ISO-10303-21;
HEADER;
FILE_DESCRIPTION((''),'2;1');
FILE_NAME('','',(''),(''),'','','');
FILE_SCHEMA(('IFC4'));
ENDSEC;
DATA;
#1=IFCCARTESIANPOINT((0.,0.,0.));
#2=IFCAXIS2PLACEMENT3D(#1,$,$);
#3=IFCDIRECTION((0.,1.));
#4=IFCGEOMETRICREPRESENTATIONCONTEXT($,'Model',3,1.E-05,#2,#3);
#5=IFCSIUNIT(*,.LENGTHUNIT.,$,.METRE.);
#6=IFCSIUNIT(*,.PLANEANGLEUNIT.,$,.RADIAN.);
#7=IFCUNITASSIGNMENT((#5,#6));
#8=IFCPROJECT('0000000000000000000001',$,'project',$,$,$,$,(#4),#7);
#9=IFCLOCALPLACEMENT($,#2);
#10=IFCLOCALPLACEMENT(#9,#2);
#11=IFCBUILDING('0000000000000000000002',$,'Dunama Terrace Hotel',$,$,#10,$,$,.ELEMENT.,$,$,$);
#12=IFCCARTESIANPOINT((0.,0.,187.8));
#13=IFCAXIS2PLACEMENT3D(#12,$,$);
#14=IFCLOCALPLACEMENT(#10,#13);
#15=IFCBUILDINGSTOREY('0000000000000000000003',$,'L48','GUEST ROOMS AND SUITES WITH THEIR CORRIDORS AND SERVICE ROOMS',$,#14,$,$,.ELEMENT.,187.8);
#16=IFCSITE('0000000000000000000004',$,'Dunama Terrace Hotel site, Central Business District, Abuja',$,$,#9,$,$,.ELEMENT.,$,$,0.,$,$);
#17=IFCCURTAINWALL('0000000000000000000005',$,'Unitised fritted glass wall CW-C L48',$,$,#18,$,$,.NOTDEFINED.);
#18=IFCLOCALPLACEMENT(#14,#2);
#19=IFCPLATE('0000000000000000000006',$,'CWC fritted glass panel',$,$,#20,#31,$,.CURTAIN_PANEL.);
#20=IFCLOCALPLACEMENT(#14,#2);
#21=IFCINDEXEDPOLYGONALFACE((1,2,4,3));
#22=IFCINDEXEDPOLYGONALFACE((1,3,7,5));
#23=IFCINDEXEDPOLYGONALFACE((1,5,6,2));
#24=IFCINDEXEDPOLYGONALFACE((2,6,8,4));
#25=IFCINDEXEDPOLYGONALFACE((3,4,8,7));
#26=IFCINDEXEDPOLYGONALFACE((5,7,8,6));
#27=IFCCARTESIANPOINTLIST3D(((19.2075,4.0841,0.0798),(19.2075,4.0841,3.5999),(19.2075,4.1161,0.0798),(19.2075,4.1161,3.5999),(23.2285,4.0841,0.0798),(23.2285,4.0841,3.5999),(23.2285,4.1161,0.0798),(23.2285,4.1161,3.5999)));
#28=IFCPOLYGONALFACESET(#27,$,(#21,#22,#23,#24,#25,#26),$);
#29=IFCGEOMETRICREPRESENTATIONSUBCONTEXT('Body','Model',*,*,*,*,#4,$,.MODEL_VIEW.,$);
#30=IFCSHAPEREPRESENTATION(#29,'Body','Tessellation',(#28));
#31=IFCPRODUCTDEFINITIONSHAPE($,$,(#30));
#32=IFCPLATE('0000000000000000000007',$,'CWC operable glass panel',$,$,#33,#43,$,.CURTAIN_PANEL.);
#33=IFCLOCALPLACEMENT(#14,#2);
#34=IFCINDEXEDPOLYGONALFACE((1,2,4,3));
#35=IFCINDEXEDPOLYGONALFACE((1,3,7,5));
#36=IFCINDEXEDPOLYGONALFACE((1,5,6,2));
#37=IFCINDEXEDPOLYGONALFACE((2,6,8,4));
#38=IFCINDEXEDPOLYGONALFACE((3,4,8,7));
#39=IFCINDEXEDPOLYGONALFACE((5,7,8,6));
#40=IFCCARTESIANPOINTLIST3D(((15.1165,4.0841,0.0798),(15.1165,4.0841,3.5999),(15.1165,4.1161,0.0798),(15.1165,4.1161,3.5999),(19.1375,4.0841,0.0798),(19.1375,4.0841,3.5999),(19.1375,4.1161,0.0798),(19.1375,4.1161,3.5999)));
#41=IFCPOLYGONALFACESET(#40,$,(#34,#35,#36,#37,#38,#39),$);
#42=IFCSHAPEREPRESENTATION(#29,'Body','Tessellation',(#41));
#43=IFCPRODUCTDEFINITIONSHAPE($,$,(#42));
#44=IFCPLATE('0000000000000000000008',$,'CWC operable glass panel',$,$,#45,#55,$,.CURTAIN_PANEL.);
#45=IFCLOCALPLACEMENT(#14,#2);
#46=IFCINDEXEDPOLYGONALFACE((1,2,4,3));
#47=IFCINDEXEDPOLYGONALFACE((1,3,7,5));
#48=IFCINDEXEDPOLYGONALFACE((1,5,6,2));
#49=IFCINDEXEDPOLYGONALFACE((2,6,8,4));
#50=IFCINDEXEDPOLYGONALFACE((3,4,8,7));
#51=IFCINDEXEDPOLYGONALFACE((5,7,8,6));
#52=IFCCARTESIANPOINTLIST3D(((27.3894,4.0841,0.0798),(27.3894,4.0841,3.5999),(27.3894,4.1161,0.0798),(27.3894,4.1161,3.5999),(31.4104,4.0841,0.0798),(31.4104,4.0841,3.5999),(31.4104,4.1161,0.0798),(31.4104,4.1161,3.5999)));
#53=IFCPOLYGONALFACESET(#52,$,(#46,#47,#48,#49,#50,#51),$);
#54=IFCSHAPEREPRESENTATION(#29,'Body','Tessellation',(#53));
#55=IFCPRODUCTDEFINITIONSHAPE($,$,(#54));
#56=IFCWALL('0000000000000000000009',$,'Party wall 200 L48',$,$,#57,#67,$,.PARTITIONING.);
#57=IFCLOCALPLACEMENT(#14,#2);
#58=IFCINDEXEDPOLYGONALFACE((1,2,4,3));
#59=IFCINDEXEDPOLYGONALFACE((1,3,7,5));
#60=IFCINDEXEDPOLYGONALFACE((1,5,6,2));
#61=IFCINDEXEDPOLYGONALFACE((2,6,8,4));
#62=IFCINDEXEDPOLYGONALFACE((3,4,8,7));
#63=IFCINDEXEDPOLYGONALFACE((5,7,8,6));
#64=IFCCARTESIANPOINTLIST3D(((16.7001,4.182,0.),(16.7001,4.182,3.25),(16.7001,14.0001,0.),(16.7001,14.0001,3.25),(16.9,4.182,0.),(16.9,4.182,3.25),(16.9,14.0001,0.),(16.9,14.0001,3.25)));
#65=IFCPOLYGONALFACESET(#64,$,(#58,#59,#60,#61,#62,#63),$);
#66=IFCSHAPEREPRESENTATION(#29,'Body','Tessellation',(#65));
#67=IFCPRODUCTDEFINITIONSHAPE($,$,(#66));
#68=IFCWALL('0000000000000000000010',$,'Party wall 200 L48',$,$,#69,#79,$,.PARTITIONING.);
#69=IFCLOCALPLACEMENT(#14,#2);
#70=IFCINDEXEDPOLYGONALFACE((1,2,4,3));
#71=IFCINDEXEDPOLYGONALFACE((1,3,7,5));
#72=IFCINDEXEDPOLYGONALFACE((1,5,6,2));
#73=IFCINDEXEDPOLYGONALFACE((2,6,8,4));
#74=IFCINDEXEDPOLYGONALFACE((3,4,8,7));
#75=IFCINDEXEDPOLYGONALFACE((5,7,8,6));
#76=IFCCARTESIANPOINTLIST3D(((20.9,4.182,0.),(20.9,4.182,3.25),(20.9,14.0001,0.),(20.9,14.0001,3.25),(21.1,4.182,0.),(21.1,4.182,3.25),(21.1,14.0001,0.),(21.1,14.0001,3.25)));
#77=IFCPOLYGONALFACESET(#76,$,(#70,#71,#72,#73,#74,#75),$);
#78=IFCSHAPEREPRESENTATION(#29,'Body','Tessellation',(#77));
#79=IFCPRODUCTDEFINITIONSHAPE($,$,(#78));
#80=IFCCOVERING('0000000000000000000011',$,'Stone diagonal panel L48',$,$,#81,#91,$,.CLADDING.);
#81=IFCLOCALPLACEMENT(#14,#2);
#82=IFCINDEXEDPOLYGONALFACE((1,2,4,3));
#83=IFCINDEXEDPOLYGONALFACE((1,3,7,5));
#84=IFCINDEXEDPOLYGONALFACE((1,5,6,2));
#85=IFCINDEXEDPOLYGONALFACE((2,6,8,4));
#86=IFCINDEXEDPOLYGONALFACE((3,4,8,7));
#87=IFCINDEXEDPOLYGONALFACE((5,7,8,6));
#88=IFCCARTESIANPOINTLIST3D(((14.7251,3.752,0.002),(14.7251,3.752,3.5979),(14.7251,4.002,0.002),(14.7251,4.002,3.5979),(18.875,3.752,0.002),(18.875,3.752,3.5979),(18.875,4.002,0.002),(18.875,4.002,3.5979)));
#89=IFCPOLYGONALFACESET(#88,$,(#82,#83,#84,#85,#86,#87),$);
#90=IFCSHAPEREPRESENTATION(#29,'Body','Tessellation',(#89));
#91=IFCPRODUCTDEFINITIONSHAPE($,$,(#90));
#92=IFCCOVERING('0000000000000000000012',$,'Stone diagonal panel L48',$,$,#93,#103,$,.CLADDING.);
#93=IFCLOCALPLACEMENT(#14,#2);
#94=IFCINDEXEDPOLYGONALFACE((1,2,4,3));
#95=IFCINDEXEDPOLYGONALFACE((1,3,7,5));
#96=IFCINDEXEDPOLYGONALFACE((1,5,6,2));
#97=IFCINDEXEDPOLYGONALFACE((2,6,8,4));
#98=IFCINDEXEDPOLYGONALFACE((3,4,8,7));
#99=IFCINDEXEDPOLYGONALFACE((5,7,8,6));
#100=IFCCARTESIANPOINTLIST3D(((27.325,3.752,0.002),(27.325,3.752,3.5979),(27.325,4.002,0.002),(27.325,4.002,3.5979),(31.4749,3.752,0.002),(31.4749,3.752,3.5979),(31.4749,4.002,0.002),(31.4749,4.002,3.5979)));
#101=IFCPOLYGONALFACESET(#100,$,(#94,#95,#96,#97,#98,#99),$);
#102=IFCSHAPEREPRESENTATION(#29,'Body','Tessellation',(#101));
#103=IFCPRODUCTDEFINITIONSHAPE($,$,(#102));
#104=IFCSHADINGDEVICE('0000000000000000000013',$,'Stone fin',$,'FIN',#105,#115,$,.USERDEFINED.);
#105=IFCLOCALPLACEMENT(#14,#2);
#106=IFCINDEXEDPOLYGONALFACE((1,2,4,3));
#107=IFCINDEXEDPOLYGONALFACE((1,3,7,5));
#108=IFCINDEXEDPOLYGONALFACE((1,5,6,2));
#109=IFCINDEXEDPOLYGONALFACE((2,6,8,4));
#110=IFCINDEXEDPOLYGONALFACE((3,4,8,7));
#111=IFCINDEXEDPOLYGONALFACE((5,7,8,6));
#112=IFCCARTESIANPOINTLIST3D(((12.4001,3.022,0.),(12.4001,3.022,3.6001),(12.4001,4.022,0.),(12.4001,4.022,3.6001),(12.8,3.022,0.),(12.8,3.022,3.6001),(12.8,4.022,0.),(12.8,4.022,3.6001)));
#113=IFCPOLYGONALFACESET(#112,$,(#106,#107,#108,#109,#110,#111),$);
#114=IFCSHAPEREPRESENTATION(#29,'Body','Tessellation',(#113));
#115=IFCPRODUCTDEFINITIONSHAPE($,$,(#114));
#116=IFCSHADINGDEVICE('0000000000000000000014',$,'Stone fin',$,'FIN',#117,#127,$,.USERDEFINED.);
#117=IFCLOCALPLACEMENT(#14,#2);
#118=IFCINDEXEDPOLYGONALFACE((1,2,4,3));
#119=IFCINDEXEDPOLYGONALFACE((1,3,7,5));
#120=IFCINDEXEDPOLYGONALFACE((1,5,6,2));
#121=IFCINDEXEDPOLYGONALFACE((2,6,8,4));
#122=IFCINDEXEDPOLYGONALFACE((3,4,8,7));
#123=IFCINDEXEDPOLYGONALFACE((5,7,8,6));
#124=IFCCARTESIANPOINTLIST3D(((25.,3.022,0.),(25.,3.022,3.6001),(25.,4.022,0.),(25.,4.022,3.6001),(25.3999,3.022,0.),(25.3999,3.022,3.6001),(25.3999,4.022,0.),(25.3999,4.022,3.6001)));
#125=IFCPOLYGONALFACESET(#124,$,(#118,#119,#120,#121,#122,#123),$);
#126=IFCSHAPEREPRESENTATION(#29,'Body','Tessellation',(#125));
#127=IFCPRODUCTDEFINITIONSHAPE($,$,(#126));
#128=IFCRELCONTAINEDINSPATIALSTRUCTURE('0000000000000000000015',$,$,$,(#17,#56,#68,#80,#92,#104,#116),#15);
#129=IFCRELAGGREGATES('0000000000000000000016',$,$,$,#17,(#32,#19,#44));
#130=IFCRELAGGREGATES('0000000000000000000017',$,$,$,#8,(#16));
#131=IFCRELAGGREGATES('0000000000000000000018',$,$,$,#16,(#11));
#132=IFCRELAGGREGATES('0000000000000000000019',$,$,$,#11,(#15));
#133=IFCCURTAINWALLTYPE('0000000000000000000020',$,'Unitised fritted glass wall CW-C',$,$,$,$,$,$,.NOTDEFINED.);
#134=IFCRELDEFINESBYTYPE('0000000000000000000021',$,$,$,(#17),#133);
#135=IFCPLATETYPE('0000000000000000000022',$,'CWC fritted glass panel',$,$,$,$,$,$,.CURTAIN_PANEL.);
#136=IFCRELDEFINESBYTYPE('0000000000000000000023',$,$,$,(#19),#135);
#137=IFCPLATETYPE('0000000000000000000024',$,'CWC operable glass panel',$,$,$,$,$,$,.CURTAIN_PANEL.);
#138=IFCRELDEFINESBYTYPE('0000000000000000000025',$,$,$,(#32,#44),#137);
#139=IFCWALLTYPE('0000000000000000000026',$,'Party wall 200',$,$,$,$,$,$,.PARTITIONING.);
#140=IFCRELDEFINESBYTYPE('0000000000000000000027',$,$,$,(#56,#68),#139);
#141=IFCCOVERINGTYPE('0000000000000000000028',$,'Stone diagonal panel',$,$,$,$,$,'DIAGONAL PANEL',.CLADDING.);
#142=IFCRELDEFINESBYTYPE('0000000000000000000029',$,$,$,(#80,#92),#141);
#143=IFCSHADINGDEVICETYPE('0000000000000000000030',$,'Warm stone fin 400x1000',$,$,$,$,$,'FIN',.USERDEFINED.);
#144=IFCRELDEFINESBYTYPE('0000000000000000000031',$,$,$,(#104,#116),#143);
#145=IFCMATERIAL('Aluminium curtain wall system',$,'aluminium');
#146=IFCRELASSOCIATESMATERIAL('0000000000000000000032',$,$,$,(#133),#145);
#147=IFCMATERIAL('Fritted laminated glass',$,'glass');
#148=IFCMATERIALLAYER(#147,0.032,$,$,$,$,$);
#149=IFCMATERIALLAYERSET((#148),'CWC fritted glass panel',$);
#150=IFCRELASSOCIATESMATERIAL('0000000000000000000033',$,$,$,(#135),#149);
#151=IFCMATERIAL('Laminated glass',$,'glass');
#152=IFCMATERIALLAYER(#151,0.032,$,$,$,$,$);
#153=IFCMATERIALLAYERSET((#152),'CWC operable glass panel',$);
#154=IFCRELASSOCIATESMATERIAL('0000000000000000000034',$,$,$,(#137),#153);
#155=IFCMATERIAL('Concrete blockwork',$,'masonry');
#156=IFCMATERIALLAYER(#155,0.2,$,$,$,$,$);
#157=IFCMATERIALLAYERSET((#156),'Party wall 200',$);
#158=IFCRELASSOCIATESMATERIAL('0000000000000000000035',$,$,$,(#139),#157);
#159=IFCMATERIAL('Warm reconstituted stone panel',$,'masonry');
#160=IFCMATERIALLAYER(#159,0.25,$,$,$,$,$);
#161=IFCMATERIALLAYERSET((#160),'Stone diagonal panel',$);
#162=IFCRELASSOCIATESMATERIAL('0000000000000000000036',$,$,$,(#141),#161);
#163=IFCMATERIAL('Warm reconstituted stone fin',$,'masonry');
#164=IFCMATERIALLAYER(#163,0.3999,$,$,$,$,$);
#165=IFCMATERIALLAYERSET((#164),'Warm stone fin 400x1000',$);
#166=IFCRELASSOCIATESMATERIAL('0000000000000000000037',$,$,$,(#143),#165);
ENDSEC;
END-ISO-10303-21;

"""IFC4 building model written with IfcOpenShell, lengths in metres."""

from ifc_helpers import new_model, si_unit, direction, frame, frame_2d, origin, origin_2d, place, context, subcontext, project, spatial, rectangle, extrude, material, layer, layer_set, type_object, element, aggregate, save


model = new_model("IFC4")

# Units and contexts
model_context = context("Model", 3, precision=1e-05, world=origin(), true_north=direction((0.0, 1.0)))
body_context = subcontext(model_context, "Body", "Model", "MODEL_VIEW")
ifc_project = project(units=[si_unit("LENGTHUNIT", "METRE"), si_unit("PLANEANGLEUNIT", "RADIAN")], contexts=[model_context])

# Site, building, storey
site_placement = place(None, origin())
site = spatial("IfcSite", under=ifc_project, at=site_placement, Name="Dunama Terrace Hotel site, Central Business District, Abuja", CompositionType="ELEMENT", RefElevation=0.0)
building_placement = place(site_placement, origin())
building = spatial("IfcBuilding", under=site, at=building_placement, Name="Dunama Terrace Hotel", CompositionType="ELEMENT")
storey_placement = place(building_placement, frame((0.0, 0.0, 187.8)))
storey = spatial("IfcBuildingStorey", under=building, at=storey_placement, Name="L48", Description="GUEST ROOMS AND SUITES WITH THEIR CORRIDORS AND SERVICE ROOMS", CompositionType="ELEMENT", Elevation=187.8)

# Curtain wall
ifc_material_1 = material(Name="Aluminium curtain wall system", Category="aluminium")
curtain_wall_type = type_object("IfcCurtainWallType", Name="Unitised fritted glass wall CW-C", PredefinedType="NOTDEFINED", material=ifc_material_1)
curtain_wall_placement = place(storey_placement, origin())
curtain_wall = element("IfcCurtainWall", 1, at=curtain_wall_placement, inside=storey, type_object=curtain_wall_type, Name="Unitised fritted glass wall CW-C L48", PredefinedType="NOTDEFINED")

# Plates
ifc_material_2 = material(Name="Fritted laminated glass", Category="glass")
ifc_layer_1 = layer(ifc_material_2, 0.032)
ifc_layer_set_1 = layer_set([ifc_layer_1], Name="CWC fritted glass panel")
plate_type_1 = type_object("IfcPlateType", Name="CWC fritted glass panel", PredefinedType="CURTAIN_PANEL", material=ifc_layer_set_1)
plate_1_placement = place(storey_placement, frame((21.218, 4.1001, 0.0798), z_axis=(0.0, 0.0, 1.0), x_axis=(1.0, 0.0, 0.0)))
plate_1 = element("IfcPlate", 2, at=plate_1_placement, type_object=plate_type_1, Name="CWC fritted glass panel", PredefinedType="CURTAIN_PANEL", context=body_context, shape_type="SweptSolid", body=[
    extrude(rectangle(XDim=4.021, YDim=0.032, at=origin_2d()), origin(), (0.0, 0.0, 1.0), 3.52),
])
ifc_material_3 = material(Name="Laminated glass", Category="glass")
ifc_layer_2 = layer(ifc_material_3, 0.032)
ifc_layer_set_2 = layer_set([ifc_layer_2], Name="CWC operable glass panel")
plate_type_2 = type_object("IfcPlateType", Name="CWC operable glass panel", PredefinedType="CURTAIN_PANEL", material=ifc_layer_set_2)
plate_2_placement = place(storey_placement, frame((17.127, 4.1001, 0.0798), z_axis=(0.0, 0.0, 1.0), x_axis=(1.0, 0.0, 0.0)))
plate_2 = element("IfcPlate", 3, at=plate_2_placement, type_object=plate_type_2, Name="CWC operable glass panel", PredefinedType="CURTAIN_PANEL", context=body_context, shape_type="SweptSolid", body=[
    extrude(rectangle(XDim=4.021, YDim=0.032, at=origin_2d()), origin(), (0.0, 0.0, 1.0), 3.52),
])
plate_3_placement = place(storey_placement, frame((29.3999, 4.1001, 0.0798), z_axis=(0.0, 0.0, 1.0), x_axis=(1.0, 0.0, 0.0)))
plate_3 = element("IfcPlate", 4, at=plate_3_placement, type_object=plate_type_2, Name="CWC operable glass panel", PredefinedType="CURTAIN_PANEL", context=body_context, shape_type="SweptSolid", body=[
    extrude(rectangle(XDim=4.021, YDim=0.032, at=origin_2d()), origin(), (0.0, 0.0, 1.0), 3.52),
])
aggregate(curtain_wall, [plate_2, plate_1, plate_3])

# Walls
ifc_material_4 = material(Name="Concrete blockwork", Category="masonry")
ifc_layer_3 = layer(ifc_material_4, 0.2)
ifc_layer_set_3 = layer_set([ifc_layer_3], Name="Party wall 200")
wall_type = type_object("IfcWallType", Name="Party wall 200", PredefinedType="PARTITIONING", material=ifc_layer_set_3)
for number, where, z_axis, x_axis, name in (
    (5, (16.8, 4.1819, 0.0), (0.0, 0.0, 1.0), (0.0, 1.0, 0.0), "Party wall 200 L48"),
    (6, (21.0, 4.1819, 0.0), (0.0, 0.0, 1.0), (0.0, 1.0, 0.0), "Party wall 200 L48"),
):
    element("IfcWall", number, at=place(storey_placement, frame(where, z_axis=z_axis, x_axis=x_axis)), inside=storey, type_object=wall_type, Name=name, PredefinedType="PARTITIONING", context=body_context, shape_type="SweptSolid", body=[
        extrude(rectangle(XDim=9.8181, YDim=0.2, at=frame_2d((4.9092, 0.0))), origin(), (0.0, 0.0, 1.0), 3.25),
    ])

# Coverings
ifc_material_5 = material(Name="Warm reconstituted stone panel", Category="masonry")
ifc_layer_4 = layer(ifc_material_5, 0.25)
ifc_layer_set_4 = layer_set([ifc_layer_4], Name="Stone diagonal panel")
covering_type = type_object("IfcCoveringType", Name="Stone diagonal panel", ElementType="DIAGONAL PANEL", PredefinedType="CLADDING", material=ifc_layer_set_4)
for number, where, z_axis, x_axis, name in (
    (7, (16.8, 3.877, 0.002), (0.0, 0.0, 1.0), (1.0, 0.0, 0.0), "Stone diagonal panel L48"),
    (8, (29.3999, 3.877, 0.002), (0.0, 0.0, 1.0), (1.0, 0.0, 0.0), "Stone diagonal panel L48"),
):
    element("IfcCovering", number, at=place(storey_placement, frame(where, z_axis=z_axis, x_axis=x_axis)), inside=storey, type_object=covering_type, Name=name, PredefinedType="CLADDING", context=body_context, shape_type="SweptSolid", body=[
        extrude(rectangle(XDim=4.1499, YDim=0.25, at=origin_2d()), origin(), (0.0, 0.0, 1.0), 3.5959),
    ])

# Shading devices
ifc_material_6 = material(Name="Warm reconstituted stone fin", Category="masonry")
ifc_layer_5 = layer(ifc_material_6, 0.3999)
ifc_layer_set_5 = layer_set([ifc_layer_5], Name="Warm stone fin 400x1000")
shading_device_type = type_object("IfcShadingDeviceType", Name="Warm stone fin 400x1000", ElementType="FIN", PredefinedType="USERDEFINED", material=ifc_layer_set_5)
for number, where, z_axis, x_axis, name in (
    (9, (12.6001, 3.522, 0.0), (0.0, 0.0, 1.0), (1.0, 0.0, 0.0), "Stone fin"),
    (10, (25.2, 3.522, 0.0), (0.0, 0.0, 1.0), (1.0, 0.0, 0.0), "Stone fin"),
):
    element("IfcShadingDevice", number, at=place(storey_placement, frame(where, z_axis=z_axis, x_axis=x_axis)), inside=storey, type_object=shading_device_type, Name=name, ObjectType="FIN", PredefinedType="USERDEFINED", context=body_context, shape_type="SweptSolid", body=[
        extrude(rectangle(XDim=0.3999, YDim=1.0, at=origin_2d()), origin(), (0.0, 0.0, 1.0), 3.6001),
    ])

save(model, "model.ifc")
